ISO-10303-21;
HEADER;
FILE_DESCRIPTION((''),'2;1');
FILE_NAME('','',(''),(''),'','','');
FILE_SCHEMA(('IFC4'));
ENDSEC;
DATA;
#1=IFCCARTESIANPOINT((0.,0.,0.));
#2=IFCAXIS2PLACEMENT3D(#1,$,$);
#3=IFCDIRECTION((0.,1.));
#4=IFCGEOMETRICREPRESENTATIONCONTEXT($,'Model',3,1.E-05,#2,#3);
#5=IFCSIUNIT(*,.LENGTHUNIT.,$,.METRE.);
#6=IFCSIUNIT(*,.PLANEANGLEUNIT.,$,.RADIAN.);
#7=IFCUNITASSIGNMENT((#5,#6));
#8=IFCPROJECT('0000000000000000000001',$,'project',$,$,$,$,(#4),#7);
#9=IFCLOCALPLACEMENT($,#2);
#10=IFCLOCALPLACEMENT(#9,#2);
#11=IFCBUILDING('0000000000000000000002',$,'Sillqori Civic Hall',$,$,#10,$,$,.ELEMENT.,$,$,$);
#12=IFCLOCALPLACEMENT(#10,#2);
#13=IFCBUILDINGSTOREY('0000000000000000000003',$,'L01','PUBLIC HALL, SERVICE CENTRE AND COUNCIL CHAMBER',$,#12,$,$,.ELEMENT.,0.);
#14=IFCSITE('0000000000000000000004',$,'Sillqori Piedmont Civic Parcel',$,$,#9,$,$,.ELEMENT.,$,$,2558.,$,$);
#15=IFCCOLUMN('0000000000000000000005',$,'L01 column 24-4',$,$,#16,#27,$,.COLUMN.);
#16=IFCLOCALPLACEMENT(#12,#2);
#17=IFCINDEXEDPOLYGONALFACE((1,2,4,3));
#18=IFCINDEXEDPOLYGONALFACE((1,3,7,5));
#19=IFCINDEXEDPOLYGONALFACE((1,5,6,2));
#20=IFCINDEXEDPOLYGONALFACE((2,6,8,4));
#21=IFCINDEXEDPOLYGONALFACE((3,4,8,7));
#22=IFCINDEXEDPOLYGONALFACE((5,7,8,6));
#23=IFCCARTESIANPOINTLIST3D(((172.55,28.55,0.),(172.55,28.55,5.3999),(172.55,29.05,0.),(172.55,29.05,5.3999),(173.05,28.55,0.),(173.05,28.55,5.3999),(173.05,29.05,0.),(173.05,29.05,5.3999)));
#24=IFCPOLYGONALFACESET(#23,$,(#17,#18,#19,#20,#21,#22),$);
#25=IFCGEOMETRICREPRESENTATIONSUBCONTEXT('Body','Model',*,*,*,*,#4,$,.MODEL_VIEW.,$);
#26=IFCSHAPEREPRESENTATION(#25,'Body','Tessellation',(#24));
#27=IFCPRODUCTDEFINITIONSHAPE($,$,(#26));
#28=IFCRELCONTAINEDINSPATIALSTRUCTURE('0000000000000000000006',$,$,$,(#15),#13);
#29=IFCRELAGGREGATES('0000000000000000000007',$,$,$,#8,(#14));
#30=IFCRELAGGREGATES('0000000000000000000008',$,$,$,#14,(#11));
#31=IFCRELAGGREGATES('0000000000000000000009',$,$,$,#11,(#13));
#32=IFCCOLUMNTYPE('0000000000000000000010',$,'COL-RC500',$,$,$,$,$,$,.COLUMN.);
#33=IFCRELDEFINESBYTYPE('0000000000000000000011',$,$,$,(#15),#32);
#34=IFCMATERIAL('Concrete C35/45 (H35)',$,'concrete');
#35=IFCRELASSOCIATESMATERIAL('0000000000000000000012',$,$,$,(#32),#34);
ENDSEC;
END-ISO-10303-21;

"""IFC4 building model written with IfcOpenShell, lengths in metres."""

from ifc_helpers import new_model, si_unit, direction, frame, origin, origin_2d, place, context, subcontext, project, spatial, rectangle, extrude, material, material_profile, profile_set, type_object, element, save


model = new_model("IFC4")

# Units and contexts
model_context = context("Model", 3, precision=1e-05, world=origin(), true_north=direction((0.0, 1.0)))
body_context = subcontext(model_context, "Body", "Model", "MODEL_VIEW")
ifc_project = project(units=[si_unit("LENGTHUNIT", "METRE"), si_unit("PLANEANGLEUNIT", "RADIAN")], contexts=[model_context])

# Site, building, storey
site_placement = place(None, origin())
site = spatial("IfcSite", under=ifc_project, at=site_placement, Name="Sillqori Piedmont Civic Parcel", CompositionType="ELEMENT", RefElevation=2558.0)
building_placement = place(site_placement, origin())
building = spatial("IfcBuilding", under=site, at=building_placement, Name="Sillqori Civic Hall", CompositionType="ELEMENT")
storey_placement = place(building_placement, origin())
storey = spatial("IfcBuildingStorey", under=building, at=storey_placement, Name="L01", Description="PUBLIC HALL, SERVICE CENTRE AND COUNCIL CHAMBER", CompositionType="ELEMENT", Elevation=0.0)

# Column
ifc_material_1 = material(Name="Concrete C35/45 (H35)", Category="concrete")
ifc_material_profile_1 = material_profile(ifc_material_1, rectangle(XDim=0.5, YDim=0.5, at=origin_2d()), Name="RC 500x500")
ifc_profile_set_1 = profile_set([ifc_material_profile_1], Name="Concrete C35/45 (H35)")
column_type = type_object("IfcColumnType", Name="COL-RC500", PredefinedType="COLUMN", material=ifc_profile_set_1)
column_placement = place(storey_placement, frame((172.8, 28.8, 0.0), z_axis=(0.0, 0.0, 1.0), x_axis=(1.0, 0.0, 0.0)))
element("IfcColumn", 1, at=column_placement, inside=storey, type_object=column_type, Name="L01 column 24-4", PredefinedType="COLUMN", context=body_context, shape_type="SweptSolid", body=[
    extrude(rectangle(XDim=0.5, YDim=0.5, at=origin_2d()), origin(), (0.0, 0.0, 1.0), 5.3999),
])

save(model, "model.ifc")
